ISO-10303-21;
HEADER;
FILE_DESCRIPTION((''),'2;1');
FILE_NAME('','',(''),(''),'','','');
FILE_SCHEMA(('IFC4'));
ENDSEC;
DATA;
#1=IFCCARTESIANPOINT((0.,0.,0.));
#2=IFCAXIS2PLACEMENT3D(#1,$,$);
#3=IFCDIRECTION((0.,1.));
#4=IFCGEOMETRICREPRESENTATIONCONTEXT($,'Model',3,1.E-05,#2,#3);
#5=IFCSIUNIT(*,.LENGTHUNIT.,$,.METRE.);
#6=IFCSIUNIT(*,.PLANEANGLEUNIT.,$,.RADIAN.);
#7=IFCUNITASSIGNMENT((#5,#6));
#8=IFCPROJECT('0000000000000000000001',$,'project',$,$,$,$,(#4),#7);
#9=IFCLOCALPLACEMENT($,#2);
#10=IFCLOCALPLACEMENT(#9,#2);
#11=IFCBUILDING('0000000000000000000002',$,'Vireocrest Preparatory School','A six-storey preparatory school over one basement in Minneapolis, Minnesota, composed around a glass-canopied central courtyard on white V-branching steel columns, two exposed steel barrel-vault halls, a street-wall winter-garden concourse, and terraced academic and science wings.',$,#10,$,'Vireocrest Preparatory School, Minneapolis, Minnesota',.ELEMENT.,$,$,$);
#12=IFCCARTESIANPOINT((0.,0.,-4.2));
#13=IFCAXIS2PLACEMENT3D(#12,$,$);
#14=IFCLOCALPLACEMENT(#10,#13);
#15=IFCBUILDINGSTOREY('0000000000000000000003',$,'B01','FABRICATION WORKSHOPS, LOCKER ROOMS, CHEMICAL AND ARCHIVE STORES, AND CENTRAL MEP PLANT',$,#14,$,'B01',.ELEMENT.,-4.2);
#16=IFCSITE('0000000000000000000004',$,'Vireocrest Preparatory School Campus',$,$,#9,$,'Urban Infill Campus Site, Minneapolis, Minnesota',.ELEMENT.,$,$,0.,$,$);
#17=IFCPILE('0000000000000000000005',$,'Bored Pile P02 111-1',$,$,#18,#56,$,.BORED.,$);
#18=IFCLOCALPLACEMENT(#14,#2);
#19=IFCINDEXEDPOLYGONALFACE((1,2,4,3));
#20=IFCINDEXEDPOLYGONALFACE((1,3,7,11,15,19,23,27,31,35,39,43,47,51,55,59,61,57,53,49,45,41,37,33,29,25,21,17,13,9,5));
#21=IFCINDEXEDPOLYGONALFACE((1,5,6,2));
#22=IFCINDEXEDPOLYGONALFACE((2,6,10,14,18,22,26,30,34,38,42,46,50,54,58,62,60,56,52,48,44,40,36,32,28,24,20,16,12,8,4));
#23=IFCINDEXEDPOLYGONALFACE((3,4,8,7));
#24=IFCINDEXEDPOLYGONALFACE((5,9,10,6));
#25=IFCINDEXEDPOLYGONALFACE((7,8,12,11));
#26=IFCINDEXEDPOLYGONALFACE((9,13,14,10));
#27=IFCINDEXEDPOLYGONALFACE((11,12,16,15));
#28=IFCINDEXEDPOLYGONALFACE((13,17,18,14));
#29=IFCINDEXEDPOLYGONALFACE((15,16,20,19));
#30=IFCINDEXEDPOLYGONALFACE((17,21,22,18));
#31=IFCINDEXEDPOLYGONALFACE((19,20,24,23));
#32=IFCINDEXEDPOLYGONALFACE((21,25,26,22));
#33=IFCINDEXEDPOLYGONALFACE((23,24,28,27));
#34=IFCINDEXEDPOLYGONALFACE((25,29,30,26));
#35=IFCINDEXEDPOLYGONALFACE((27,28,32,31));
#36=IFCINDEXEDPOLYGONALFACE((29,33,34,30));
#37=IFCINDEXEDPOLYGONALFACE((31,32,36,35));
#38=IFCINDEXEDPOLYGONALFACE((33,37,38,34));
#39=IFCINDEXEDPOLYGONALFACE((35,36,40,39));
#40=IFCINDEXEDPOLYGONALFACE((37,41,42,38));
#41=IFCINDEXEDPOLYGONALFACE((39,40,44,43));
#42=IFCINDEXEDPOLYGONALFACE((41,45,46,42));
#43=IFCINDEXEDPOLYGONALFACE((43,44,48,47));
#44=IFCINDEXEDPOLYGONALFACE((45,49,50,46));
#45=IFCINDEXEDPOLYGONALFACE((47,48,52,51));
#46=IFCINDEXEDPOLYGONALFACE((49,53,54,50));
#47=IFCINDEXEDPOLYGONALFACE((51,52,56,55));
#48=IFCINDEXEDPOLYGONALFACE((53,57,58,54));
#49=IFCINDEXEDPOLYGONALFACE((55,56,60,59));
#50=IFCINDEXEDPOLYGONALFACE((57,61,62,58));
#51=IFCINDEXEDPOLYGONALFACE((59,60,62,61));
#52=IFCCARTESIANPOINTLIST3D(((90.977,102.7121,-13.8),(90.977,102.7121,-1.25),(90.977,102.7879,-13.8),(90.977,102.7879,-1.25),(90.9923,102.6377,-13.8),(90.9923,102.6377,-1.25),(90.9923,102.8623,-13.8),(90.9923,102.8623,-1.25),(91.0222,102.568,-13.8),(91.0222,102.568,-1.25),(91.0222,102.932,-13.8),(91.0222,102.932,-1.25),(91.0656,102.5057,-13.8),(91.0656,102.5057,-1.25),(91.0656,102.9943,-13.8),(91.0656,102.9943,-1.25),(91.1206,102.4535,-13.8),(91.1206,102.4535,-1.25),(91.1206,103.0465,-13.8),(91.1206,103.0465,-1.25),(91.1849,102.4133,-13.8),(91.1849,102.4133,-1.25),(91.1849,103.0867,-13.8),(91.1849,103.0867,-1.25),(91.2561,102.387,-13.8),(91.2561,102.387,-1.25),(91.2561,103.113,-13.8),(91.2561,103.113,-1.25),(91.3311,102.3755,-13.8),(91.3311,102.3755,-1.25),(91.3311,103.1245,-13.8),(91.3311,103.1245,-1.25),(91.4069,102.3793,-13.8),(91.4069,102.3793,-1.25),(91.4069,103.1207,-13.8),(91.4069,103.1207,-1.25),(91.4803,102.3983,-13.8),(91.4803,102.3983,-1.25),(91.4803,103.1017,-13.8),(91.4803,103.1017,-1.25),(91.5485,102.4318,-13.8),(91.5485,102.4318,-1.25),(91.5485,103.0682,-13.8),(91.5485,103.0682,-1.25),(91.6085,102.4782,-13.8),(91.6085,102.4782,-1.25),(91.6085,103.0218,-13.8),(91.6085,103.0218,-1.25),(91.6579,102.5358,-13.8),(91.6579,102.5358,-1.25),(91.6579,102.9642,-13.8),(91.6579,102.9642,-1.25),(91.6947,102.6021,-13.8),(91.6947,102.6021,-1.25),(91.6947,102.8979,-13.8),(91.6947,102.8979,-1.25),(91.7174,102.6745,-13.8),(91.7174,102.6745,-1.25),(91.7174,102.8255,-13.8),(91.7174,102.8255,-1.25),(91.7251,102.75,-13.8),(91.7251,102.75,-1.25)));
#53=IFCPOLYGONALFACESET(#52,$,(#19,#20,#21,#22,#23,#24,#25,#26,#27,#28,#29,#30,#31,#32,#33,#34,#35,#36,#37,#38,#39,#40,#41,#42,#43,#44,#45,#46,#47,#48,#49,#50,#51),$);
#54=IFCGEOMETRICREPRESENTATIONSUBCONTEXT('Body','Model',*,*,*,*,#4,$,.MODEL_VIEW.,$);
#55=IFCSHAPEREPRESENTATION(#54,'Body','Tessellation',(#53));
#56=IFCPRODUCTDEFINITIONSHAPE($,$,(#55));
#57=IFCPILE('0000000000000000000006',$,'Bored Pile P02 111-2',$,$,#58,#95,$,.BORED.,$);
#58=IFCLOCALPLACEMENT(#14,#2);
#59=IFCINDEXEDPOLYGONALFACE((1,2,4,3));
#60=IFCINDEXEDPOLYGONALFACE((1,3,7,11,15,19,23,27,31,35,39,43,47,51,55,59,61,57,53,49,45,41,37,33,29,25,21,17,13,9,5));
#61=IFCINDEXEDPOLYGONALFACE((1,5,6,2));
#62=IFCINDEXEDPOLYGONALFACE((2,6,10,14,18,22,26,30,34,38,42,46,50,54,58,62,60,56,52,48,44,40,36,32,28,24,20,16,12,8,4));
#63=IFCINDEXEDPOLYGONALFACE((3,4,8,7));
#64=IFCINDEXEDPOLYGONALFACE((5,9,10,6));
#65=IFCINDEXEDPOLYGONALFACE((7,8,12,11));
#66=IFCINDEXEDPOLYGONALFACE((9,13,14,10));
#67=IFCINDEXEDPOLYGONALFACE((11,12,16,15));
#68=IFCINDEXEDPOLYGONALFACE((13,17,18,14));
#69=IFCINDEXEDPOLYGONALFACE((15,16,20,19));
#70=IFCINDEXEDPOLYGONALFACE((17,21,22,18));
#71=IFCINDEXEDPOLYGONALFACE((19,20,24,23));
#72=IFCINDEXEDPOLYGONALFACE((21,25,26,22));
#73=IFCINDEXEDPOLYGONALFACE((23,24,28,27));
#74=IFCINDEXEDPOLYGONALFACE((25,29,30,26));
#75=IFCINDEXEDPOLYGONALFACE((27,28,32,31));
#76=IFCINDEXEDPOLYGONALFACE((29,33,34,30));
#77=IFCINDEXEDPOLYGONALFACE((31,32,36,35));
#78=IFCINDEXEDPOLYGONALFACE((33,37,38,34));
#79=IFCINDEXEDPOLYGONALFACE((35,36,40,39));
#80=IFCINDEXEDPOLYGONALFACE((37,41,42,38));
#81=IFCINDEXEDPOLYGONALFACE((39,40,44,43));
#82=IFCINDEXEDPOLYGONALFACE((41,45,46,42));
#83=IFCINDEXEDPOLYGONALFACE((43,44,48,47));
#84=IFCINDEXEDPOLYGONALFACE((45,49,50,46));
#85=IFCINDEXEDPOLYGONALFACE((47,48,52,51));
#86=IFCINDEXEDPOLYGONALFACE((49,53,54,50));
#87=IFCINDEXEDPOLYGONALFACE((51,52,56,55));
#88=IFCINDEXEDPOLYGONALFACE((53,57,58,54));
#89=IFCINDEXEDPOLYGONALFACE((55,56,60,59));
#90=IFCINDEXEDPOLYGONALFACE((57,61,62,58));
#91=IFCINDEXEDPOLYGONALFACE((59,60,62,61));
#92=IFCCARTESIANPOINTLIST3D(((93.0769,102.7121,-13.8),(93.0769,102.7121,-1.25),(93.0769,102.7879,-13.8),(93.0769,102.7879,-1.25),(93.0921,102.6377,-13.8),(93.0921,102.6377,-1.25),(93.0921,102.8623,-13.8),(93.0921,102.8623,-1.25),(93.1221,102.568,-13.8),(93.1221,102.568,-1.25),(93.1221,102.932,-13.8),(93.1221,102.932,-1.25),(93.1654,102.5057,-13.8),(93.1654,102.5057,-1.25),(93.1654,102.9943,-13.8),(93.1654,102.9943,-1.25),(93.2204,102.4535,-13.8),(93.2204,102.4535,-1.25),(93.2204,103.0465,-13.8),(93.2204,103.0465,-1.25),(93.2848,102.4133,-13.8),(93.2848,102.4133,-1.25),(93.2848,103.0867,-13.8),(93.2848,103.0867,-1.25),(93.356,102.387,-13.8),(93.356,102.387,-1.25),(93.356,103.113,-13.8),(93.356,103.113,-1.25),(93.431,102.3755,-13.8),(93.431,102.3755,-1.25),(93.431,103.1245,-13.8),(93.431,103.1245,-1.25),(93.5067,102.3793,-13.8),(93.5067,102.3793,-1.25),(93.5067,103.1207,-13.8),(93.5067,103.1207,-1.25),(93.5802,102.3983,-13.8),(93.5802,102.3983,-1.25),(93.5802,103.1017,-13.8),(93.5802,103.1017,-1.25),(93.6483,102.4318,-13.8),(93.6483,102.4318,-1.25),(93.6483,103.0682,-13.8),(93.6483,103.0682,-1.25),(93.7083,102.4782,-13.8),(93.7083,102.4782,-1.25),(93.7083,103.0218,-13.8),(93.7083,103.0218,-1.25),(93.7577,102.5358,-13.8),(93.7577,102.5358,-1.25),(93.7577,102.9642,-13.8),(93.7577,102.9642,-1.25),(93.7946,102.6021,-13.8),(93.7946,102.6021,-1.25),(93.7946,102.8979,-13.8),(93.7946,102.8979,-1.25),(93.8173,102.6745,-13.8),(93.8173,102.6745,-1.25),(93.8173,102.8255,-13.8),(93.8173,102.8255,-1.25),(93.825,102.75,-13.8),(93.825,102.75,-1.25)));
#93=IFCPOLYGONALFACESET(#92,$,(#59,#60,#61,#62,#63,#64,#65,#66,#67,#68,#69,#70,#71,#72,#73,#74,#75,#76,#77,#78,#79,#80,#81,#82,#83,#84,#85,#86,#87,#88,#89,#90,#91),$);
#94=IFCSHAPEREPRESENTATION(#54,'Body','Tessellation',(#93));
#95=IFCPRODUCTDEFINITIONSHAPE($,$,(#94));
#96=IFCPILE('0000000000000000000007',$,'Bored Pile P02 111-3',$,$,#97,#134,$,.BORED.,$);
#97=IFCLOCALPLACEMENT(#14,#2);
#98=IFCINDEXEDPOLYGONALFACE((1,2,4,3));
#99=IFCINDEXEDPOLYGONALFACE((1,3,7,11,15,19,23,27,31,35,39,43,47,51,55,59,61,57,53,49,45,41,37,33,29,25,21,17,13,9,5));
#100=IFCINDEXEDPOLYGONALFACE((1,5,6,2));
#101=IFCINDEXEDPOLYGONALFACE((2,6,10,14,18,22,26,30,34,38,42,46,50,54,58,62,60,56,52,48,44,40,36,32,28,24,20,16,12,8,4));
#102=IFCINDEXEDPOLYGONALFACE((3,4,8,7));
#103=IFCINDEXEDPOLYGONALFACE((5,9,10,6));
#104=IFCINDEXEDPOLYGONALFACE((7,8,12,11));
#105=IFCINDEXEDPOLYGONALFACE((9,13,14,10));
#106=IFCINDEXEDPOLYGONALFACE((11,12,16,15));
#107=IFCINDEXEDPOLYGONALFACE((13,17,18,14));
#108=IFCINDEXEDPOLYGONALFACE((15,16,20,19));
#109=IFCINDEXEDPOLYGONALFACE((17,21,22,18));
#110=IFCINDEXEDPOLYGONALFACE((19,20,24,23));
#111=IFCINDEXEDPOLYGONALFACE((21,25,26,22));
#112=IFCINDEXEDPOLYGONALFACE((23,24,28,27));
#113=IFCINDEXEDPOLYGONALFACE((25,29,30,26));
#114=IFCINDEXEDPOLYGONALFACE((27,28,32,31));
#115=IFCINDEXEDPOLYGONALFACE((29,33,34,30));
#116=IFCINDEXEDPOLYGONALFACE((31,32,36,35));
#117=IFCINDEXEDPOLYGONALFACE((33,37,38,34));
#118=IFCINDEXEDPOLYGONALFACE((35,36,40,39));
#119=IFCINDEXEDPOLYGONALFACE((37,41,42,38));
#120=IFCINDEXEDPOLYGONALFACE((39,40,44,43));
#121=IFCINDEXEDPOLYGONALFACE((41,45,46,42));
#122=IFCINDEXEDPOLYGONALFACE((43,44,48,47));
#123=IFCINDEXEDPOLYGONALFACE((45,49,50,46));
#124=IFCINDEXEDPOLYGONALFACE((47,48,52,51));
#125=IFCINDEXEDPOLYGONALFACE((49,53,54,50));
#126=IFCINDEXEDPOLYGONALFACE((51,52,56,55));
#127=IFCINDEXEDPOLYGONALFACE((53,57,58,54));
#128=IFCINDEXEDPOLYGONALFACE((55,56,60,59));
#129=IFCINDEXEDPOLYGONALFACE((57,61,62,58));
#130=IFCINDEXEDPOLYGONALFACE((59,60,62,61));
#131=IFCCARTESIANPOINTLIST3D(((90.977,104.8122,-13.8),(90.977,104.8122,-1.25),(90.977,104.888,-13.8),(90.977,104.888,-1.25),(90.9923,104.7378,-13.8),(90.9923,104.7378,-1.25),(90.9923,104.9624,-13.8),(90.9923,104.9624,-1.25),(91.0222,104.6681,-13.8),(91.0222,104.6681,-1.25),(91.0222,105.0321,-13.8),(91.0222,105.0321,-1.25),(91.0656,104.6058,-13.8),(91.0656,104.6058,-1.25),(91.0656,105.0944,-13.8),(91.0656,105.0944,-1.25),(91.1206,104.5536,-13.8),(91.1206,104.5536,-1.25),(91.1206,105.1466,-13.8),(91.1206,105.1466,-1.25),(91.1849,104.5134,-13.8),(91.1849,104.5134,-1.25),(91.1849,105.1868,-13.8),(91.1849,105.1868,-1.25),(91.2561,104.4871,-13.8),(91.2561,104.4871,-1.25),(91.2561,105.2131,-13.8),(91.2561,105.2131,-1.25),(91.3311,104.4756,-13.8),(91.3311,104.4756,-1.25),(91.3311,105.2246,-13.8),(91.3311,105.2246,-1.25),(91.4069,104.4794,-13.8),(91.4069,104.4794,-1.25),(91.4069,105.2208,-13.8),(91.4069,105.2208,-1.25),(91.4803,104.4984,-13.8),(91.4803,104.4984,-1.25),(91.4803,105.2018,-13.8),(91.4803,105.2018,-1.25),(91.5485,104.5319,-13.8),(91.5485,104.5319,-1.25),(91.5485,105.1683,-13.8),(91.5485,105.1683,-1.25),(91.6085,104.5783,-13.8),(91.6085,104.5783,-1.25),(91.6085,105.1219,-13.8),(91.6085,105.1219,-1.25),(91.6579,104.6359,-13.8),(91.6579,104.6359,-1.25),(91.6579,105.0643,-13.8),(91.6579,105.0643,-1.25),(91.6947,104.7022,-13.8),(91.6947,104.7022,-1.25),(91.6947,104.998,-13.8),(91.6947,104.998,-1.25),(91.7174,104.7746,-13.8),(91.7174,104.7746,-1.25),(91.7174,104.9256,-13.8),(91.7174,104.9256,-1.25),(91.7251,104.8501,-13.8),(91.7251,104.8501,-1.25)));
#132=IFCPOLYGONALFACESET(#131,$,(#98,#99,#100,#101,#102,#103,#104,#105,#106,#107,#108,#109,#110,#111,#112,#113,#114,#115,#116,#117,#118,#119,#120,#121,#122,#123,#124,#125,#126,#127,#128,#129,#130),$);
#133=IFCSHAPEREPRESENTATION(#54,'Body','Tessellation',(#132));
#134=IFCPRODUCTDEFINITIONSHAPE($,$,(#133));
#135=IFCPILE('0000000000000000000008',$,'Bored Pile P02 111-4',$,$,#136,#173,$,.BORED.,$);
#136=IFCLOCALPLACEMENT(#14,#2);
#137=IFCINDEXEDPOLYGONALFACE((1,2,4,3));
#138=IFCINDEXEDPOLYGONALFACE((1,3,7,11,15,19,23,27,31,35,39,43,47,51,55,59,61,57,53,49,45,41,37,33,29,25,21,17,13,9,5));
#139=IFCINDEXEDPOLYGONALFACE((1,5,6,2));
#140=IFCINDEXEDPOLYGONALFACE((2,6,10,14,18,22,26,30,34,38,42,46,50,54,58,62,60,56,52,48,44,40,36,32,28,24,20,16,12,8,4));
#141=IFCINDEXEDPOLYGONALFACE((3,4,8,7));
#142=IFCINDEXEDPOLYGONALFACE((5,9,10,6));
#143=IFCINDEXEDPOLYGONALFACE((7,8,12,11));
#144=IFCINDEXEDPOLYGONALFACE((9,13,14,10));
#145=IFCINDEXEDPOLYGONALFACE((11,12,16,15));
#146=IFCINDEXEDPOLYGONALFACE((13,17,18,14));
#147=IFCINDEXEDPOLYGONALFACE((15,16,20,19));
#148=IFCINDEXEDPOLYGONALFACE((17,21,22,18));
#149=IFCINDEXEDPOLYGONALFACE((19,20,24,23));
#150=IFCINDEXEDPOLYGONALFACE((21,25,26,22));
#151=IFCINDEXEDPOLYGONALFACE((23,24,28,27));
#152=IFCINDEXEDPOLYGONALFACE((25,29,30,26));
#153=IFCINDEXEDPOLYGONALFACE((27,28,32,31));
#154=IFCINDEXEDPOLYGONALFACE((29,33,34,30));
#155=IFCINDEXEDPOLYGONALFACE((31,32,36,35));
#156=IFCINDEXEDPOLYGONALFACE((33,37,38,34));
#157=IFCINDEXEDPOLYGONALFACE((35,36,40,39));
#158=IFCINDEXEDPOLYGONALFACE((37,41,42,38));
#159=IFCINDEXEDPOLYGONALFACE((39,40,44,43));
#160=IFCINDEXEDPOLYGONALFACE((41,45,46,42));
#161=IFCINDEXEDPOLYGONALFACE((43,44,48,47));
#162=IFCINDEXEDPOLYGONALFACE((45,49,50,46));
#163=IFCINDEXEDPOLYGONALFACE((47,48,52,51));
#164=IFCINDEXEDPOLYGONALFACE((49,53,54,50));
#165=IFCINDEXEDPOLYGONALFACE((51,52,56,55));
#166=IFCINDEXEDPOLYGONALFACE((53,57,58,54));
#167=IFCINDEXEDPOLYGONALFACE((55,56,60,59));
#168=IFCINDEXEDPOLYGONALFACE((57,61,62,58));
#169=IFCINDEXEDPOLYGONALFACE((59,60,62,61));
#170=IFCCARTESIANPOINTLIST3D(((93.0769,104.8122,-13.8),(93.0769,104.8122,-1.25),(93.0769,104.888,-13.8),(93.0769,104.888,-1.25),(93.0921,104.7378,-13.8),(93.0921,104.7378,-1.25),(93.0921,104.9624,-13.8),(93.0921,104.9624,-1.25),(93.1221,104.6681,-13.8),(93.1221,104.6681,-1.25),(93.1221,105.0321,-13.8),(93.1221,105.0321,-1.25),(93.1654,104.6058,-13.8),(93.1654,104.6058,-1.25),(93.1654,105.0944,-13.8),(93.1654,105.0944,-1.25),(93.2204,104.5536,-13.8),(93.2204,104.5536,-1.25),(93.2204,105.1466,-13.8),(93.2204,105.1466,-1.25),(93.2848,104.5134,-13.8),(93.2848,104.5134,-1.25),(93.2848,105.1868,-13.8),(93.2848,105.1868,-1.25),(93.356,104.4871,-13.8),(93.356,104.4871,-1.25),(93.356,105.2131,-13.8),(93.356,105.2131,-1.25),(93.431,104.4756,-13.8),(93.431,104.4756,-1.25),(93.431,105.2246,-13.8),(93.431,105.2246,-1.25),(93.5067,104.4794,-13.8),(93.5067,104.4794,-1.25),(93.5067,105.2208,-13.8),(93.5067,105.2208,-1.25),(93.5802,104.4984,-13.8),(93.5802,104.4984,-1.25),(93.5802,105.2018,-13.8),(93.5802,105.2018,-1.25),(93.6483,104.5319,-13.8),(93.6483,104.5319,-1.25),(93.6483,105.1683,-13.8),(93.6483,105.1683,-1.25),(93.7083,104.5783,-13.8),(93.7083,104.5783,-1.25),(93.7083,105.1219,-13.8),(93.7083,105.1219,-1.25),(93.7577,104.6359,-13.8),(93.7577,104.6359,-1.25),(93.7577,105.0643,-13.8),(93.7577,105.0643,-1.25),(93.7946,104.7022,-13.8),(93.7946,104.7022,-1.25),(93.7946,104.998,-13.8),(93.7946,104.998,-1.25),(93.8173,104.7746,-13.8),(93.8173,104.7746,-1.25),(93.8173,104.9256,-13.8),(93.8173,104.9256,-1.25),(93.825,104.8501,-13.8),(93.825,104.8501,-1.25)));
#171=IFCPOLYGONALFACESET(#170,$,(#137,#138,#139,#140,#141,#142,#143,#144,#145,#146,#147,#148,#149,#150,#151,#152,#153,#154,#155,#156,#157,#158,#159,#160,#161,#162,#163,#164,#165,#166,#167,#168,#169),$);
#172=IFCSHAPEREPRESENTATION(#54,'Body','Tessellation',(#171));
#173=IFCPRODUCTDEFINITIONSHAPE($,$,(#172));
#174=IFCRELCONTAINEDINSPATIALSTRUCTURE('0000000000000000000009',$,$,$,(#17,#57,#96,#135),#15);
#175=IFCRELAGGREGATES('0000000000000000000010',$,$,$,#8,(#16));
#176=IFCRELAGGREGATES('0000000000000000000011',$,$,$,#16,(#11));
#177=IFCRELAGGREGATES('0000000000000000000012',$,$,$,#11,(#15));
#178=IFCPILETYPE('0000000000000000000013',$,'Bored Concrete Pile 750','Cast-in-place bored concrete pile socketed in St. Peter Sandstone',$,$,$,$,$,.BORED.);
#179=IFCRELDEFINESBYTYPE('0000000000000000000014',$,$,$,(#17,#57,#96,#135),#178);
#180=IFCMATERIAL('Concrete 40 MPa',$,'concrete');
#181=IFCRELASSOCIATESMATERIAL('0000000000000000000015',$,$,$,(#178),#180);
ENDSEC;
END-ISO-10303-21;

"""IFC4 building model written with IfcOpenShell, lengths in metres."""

from ifc_helpers import new_model, si_unit, direction, frame, origin, origin_2d, place, context, subcontext, project, spatial, circle, extrude, material, material_profile, profile_set, type_object, element, save


model = new_model("IFC4")

# Units and contexts
model_context = context("Model", 3, precision=1e-05, world=origin(), true_north=direction((0.0, 1.0)))
body_context = subcontext(model_context, "Body", "Model", "MODEL_VIEW")
ifc_project = project(units=[si_unit("LENGTHUNIT", "METRE"), si_unit("PLANEANGLEUNIT", "RADIAN")], contexts=[model_context])

# Site, building, storey
site_placement = place(None, origin())
site = spatial("IfcSite", under=ifc_project, at=site_placement, Name="Vireocrest Preparatory School Campus", LongName="Urban Infill Campus Site, Minneapolis, Minnesota", CompositionType="ELEMENT", RefElevation=0.0)
building_placement = place(site_placement, origin())
building = spatial("IfcBuilding", under=site, at=building_placement, Name="Vireocrest Preparatory School", Description="A six-storey preparatory school over one basement in Minneapolis, Minnesota, composed around a glass-canopied central courtyard on white V-branching steel columns, two exposed steel barrel-vault halls, a street-wall winter-garden concourse, and terraced academic and science wings.", LongName="Vireocrest Preparatory School, Minneapolis, Minnesota", CompositionType="ELEMENT")
storey_placement = place(building_placement, frame((0.0, 0.0, -4.2)))
storey = spatial("IfcBuildingStorey", under=building, at=storey_placement, Name="B01", Description="FABRICATION WORKSHOPS, LOCKER ROOMS, CHEMICAL AND ARCHIVE STORES, AND CENTRAL MEP PLANT", LongName="B01", CompositionType="ELEMENT", Elevation=-4.2)

# Piles
ifc_material_1 = material(Name="Concrete 40 MPa", Category="concrete")
ifc_material_profile_1 = material_profile(ifc_material_1, circle(Radius=0.375, at=origin_2d()), Name="BORED PILE 750")
ifc_profile_set_1 = profile_set([ifc_material_profile_1], Name="Concrete 40 MPa")
pile_type_1 = type_object("IfcPileType", Name="Bored Concrete Pile 750", Description="Cast-in-place bored concrete pile socketed in St. Peter Sandstone", PredefinedType="BORED", material=ifc_profile_set_1)
for number, where, z_axis, x_axis, name in (
    (1, (91.3501, 102.75, -1.25), (0.0, 0.0, -1.0), (1.0, 0.0, 0.0), "Bored Pile P02 111-1"),
    (2, (93.45, 102.75, -1.25), (0.0, 0.0, -1.0), (1.0, 0.0, 0.0), "Bored Pile P02 111-2"),
    (3, (91.3501, 104.8501, -1.25), (0.0, 0.0, -1.0), (1.0, 0.0, 0.0), "Bored Pile P02 111-3"),
    (4, (93.45, 104.8501, -1.25), (0.0, 0.0, -1.0), (1.0, 0.0, 0.0), "Bored Pile P02 111-4"),
):
    element("IfcPile", number, at=place(storey_placement, frame(where, z_axis=z_axis, x_axis=x_axis)), inside=storey, type_object=pile_type_1, Name=name, PredefinedType="BORED", context=body_context, shape_type="SweptSolid", body=[
        extrude(circle(Radius=0.375, at=origin_2d()), origin(), (0.0, 0.0, 1.0), 12.55),
    ])

save(model, "model.ifc")
